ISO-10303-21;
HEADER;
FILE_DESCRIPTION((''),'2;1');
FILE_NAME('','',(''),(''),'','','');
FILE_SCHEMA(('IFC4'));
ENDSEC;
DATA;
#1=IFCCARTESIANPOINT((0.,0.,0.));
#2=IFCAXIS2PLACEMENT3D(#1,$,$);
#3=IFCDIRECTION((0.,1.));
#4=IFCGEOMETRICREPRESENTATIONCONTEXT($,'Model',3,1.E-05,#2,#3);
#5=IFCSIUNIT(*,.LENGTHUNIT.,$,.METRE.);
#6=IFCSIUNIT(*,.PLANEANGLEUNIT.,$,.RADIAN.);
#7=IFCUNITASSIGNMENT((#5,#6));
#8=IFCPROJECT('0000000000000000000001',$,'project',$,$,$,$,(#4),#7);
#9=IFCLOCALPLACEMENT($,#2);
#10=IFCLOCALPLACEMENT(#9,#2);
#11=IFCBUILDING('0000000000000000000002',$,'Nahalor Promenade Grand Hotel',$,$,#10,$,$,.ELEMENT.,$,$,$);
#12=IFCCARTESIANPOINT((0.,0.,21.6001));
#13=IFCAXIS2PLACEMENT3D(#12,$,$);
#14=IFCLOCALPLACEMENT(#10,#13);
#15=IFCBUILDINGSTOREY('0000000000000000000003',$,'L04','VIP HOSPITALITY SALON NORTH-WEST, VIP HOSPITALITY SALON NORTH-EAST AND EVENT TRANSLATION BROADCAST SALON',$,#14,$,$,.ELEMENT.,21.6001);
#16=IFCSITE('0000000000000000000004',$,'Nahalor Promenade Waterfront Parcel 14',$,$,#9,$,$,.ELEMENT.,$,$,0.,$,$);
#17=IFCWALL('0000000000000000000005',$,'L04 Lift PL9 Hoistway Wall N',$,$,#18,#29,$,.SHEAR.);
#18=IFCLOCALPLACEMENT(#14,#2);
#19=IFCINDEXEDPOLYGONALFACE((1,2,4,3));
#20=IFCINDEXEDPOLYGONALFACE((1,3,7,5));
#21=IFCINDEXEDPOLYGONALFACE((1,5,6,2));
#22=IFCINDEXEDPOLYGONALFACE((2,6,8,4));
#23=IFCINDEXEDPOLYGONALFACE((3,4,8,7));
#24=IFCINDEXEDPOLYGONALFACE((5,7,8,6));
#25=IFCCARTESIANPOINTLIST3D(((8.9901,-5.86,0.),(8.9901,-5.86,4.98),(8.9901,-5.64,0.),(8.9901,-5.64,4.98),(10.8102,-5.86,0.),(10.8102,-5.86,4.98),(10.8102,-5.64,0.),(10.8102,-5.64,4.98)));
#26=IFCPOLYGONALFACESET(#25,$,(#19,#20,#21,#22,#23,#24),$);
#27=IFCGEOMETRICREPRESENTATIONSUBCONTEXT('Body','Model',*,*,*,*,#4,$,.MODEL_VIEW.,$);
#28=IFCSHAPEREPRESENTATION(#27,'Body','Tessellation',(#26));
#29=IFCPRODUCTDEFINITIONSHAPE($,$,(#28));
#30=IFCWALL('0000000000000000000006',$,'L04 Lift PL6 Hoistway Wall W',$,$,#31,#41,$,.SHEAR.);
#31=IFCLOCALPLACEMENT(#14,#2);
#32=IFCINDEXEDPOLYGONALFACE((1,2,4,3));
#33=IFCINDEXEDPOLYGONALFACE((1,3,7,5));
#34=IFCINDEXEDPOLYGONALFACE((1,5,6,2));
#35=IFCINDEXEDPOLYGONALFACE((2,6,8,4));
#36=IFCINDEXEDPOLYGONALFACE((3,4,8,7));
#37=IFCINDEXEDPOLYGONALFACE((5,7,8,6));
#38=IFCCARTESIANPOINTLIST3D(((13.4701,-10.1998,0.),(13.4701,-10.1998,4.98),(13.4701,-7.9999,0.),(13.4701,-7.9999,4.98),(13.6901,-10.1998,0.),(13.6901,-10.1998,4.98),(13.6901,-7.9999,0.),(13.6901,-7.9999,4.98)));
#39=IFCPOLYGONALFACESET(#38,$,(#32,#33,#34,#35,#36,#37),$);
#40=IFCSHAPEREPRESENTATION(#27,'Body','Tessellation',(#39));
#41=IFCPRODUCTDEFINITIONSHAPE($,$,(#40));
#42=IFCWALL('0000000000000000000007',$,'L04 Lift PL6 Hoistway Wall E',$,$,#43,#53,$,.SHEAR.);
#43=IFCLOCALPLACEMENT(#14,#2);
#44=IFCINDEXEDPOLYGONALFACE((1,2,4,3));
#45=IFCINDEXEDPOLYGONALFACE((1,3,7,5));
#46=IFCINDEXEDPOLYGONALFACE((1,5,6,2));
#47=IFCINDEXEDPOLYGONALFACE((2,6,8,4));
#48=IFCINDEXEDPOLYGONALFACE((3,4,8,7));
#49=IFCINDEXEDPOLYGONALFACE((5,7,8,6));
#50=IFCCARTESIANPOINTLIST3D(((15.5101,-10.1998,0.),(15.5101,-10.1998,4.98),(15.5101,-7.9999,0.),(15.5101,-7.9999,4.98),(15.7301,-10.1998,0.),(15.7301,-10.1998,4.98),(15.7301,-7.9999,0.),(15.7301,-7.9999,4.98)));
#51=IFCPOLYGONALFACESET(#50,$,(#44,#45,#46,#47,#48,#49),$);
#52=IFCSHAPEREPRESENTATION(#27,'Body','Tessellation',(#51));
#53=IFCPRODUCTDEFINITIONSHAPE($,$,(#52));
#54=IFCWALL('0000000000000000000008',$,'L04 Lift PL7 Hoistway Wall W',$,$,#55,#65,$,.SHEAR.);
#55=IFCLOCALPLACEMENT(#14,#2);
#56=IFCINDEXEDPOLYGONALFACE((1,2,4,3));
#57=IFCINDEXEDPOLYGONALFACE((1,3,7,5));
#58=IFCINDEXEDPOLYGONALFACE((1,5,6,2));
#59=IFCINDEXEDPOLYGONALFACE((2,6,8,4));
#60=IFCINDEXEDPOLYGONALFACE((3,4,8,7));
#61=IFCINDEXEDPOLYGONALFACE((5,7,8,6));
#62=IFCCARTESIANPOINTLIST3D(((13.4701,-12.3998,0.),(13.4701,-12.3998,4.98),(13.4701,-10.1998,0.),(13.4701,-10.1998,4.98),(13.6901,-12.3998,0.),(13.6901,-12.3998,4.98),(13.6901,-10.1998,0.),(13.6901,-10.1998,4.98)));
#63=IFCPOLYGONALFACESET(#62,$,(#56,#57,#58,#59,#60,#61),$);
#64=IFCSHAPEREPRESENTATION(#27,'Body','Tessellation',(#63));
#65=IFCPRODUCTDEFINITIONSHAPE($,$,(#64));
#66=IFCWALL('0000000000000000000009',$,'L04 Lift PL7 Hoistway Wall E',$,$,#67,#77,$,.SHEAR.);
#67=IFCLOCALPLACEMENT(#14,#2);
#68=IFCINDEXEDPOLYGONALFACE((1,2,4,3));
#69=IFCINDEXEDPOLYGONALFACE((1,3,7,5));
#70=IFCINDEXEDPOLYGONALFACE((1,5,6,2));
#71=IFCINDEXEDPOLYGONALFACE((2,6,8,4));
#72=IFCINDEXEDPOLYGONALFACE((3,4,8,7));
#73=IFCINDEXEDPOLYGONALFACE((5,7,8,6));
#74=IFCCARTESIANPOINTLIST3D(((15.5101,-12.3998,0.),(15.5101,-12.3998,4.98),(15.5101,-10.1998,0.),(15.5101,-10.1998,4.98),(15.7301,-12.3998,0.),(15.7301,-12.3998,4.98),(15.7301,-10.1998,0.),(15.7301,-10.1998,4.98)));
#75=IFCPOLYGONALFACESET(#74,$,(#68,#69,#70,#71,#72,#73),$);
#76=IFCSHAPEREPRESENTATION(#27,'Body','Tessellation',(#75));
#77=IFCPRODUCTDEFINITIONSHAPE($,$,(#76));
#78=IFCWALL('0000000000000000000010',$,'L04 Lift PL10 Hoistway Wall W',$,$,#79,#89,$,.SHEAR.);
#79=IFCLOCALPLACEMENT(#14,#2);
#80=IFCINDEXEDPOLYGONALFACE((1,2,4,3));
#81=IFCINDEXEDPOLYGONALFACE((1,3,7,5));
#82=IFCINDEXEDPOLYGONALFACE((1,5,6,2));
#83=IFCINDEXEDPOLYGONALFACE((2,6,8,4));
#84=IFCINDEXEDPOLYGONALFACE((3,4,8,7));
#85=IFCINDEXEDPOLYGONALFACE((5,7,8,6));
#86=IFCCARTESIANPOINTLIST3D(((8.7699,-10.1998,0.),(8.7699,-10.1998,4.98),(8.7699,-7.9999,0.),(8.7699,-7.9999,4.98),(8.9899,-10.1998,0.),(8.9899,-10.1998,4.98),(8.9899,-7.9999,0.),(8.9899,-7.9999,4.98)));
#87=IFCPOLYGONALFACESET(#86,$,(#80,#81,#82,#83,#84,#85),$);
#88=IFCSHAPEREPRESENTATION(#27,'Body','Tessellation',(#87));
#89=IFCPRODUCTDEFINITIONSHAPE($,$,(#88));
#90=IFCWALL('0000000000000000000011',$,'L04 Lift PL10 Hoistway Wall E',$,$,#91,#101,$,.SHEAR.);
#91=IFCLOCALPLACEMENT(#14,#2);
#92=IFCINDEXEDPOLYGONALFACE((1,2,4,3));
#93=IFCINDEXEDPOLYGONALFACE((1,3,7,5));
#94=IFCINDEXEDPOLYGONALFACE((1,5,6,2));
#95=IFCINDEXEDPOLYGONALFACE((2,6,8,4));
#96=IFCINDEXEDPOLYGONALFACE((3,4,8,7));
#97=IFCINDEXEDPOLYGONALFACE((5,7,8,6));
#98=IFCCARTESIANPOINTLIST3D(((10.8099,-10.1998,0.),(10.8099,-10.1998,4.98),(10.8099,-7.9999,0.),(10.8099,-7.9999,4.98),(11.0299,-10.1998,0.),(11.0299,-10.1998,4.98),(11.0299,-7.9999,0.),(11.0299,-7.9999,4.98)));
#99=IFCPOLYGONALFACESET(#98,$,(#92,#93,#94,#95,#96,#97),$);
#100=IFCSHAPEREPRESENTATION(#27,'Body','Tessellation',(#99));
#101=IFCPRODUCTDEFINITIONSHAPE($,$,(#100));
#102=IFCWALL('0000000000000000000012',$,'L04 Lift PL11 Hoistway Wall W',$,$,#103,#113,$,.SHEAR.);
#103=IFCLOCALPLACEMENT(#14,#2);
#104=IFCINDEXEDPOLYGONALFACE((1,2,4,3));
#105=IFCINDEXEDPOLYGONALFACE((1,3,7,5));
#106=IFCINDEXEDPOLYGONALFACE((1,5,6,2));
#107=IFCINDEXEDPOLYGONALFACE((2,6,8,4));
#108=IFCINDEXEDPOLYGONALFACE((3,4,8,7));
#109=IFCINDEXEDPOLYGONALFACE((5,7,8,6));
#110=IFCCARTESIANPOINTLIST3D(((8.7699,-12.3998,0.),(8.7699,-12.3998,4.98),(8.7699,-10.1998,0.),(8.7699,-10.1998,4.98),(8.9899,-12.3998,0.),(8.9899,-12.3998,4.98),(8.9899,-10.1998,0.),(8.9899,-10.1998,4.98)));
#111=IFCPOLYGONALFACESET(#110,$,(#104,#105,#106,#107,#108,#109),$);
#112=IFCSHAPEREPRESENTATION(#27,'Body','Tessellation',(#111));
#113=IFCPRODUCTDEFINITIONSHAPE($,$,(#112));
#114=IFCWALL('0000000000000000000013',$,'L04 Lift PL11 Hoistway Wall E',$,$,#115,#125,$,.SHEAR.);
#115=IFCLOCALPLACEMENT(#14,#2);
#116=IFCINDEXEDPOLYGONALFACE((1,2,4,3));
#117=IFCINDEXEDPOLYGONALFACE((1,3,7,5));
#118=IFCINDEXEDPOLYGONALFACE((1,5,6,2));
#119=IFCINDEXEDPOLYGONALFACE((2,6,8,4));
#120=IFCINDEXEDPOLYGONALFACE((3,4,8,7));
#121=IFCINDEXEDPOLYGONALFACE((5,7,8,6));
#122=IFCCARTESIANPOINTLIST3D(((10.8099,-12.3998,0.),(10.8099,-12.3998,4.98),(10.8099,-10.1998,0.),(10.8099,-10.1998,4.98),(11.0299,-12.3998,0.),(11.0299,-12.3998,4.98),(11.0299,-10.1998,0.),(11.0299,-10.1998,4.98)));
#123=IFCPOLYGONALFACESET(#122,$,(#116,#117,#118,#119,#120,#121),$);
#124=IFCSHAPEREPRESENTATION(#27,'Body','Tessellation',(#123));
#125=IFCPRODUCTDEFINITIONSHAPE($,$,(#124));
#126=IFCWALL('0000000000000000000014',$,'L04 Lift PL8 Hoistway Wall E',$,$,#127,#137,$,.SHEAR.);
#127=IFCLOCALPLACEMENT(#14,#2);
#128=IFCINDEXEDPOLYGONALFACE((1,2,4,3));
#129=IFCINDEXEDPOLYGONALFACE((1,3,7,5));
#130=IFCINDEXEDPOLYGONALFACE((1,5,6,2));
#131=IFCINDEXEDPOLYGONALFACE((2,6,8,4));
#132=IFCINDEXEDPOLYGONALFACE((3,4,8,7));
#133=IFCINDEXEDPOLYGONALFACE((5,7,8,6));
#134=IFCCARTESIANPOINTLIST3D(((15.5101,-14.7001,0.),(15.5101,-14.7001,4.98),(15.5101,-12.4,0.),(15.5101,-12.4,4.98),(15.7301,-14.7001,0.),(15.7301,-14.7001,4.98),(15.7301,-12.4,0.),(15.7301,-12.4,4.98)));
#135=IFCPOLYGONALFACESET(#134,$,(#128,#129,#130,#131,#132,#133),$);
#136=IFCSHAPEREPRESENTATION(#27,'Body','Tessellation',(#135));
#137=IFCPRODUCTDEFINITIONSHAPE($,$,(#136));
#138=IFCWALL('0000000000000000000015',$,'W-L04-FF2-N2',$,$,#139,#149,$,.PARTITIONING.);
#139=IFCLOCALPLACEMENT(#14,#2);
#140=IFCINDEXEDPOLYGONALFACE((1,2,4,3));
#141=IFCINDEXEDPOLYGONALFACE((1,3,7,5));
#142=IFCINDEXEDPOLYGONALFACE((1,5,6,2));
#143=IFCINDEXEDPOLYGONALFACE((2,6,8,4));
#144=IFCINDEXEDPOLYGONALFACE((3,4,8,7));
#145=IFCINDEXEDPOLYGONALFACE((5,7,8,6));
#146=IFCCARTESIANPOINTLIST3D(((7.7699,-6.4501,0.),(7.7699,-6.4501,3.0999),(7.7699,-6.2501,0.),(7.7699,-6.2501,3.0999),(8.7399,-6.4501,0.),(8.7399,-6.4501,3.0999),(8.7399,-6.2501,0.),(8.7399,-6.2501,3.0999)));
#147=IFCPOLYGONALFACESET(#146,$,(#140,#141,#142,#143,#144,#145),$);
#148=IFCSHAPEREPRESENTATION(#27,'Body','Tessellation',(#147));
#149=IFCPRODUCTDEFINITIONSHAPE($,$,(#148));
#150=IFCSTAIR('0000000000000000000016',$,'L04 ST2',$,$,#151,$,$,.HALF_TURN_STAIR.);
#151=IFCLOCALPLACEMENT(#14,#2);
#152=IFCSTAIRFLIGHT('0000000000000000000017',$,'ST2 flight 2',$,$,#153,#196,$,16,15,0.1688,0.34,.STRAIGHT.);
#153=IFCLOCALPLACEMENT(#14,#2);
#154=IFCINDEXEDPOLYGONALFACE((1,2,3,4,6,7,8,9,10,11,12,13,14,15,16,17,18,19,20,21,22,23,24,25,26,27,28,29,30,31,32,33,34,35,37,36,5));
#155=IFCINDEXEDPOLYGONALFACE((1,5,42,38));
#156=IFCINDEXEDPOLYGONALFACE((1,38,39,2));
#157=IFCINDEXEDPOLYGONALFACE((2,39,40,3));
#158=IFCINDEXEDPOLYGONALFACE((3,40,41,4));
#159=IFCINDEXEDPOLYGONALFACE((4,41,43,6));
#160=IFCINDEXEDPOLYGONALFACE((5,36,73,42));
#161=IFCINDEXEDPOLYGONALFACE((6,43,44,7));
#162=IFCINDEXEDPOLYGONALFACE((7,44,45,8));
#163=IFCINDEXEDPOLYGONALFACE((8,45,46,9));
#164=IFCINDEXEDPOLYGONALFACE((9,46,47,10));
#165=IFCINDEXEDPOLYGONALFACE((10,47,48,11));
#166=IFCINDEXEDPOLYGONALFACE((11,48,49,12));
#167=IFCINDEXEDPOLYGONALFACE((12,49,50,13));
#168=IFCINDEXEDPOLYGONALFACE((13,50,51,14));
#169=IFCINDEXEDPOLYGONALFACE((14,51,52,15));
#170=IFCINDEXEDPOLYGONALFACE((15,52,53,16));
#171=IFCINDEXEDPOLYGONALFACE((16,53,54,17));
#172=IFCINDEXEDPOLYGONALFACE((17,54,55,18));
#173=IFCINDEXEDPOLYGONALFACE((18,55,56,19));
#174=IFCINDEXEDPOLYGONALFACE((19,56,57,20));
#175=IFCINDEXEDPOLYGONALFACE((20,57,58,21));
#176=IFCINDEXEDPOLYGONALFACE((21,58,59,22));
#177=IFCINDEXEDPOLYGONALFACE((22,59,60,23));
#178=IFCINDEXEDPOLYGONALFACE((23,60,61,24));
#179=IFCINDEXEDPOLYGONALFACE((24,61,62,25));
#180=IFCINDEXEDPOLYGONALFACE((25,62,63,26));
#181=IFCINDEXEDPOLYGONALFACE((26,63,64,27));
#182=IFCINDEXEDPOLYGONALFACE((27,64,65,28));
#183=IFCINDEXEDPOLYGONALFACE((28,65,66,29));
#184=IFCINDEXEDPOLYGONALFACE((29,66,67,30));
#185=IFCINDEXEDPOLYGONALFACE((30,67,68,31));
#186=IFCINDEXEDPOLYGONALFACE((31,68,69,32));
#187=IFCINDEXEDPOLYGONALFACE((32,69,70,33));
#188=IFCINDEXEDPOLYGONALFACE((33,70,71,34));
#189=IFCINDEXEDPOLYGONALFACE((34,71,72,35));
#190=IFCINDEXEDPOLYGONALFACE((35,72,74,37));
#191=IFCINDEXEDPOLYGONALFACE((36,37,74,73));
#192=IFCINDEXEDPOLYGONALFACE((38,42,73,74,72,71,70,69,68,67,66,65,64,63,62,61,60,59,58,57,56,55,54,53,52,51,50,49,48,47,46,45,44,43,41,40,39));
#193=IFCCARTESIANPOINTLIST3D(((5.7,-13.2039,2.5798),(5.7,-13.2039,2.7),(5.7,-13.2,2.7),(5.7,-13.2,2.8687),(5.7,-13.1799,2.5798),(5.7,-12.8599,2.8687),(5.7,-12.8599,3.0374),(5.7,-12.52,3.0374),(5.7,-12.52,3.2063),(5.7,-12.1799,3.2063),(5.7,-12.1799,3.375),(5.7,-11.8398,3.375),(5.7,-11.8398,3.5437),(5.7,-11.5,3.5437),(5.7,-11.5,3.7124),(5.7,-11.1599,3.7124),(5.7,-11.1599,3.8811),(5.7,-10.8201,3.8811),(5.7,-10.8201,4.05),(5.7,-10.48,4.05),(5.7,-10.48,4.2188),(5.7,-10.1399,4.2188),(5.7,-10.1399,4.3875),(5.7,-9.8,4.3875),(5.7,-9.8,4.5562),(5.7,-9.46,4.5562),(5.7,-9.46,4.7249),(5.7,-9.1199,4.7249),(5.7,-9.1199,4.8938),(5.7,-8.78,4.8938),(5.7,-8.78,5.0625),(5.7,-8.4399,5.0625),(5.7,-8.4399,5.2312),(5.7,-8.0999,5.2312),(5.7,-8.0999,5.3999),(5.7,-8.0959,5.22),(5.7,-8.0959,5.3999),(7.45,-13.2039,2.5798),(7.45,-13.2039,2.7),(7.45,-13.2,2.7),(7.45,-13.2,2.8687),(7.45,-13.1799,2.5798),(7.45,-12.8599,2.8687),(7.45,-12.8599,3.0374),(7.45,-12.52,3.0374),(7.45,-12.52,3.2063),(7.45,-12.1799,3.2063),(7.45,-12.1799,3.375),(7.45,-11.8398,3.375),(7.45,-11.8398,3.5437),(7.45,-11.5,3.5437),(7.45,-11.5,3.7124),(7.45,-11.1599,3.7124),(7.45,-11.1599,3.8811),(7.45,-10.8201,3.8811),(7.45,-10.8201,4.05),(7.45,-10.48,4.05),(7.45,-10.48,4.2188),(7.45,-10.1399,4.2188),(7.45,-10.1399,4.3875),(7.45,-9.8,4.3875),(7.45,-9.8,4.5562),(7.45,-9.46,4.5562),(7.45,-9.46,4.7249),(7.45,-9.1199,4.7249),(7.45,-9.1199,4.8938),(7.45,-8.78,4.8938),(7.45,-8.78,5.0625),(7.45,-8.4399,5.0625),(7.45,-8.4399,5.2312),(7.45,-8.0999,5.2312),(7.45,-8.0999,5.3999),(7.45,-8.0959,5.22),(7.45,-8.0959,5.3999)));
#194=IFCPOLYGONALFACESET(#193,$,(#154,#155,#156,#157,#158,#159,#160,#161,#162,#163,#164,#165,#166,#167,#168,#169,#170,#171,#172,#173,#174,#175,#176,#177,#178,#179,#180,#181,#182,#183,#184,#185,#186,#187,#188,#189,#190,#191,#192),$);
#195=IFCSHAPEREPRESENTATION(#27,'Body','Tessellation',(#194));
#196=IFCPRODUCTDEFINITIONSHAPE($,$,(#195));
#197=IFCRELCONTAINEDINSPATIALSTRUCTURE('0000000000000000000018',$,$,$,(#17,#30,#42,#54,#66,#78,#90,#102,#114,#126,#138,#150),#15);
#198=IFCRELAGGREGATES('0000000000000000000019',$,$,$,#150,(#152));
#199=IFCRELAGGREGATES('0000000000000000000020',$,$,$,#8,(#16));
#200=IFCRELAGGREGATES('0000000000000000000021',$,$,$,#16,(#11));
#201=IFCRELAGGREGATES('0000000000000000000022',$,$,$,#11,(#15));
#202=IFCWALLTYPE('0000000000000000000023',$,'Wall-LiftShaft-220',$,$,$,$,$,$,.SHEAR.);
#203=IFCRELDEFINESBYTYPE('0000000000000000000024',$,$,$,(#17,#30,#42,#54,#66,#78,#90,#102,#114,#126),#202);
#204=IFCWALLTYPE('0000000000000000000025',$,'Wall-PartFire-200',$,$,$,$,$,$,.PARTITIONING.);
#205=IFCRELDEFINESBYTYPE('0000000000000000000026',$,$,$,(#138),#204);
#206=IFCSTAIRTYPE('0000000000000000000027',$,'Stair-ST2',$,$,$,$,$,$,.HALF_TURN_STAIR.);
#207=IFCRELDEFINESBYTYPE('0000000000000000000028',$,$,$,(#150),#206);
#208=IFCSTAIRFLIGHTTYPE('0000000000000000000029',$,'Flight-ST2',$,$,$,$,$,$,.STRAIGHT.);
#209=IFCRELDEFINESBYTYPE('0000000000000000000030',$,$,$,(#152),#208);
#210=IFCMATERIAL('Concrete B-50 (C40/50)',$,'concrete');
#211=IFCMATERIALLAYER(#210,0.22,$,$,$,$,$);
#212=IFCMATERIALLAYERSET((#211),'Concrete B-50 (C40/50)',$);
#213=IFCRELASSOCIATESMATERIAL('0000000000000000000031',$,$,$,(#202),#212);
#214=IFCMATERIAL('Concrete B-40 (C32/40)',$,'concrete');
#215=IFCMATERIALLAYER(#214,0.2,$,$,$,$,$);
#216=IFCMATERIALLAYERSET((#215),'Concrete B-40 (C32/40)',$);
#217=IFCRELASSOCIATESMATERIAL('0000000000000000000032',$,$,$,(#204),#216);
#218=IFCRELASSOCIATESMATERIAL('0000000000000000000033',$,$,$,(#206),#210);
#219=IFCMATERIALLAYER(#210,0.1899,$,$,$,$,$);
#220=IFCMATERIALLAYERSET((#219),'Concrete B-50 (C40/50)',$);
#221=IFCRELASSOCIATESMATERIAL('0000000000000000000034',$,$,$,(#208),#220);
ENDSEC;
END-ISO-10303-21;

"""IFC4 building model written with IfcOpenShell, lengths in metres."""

from ifc_helpers import new_model, si_unit, direction, frame, frame_2d, origin, place, context, subcontext, project, spatial, polyline, rectangle, outline, extrude, source, transform, mapped, material, layer, layer_set, type_object, element, aggregate, save


model = new_model("IFC4")

# Units and contexts
model_context = context("Model", 3, precision=1e-05, world=origin(), true_north=direction((0.0, 1.0)))
body_context = subcontext(model_context, "Body", "Model", "MODEL_VIEW")
ifc_project = project(units=[si_unit("LENGTHUNIT", "METRE"), si_unit("PLANEANGLEUNIT", "RADIAN")], contexts=[model_context])

# Site, building, storey
site_placement = place(None, origin())
site = spatial("IfcSite", under=ifc_project, at=site_placement, Name="Nahalor Promenade Waterfront Parcel 14", CompositionType="ELEMENT", RefElevation=0.0)
building_placement = place(site_placement, origin())
building = spatial("IfcBuilding", under=site, at=building_placement, Name="Nahalor Promenade Grand Hotel", CompositionType="ELEMENT")
storey_placement = place(building_placement, frame((0.0, 0.0, 21.6001)))
storey = spatial("IfcBuildingStorey", under=building, at=storey_placement, Name="L04", Description="VIP HOSPITALITY SALON NORTH-WEST, VIP HOSPITALITY SALON NORTH-EAST AND EVENT TRANSLATION BROADCAST SALON", CompositionType="ELEMENT", Elevation=21.6001)

# Walls
ifc_material_1 = material(Name="Concrete B-50 (C40/50)", Category="concrete")
ifc_layer_1 = layer(ifc_material_1, 0.22)
ifc_layer_set_1 = layer_set([ifc_layer_1], Name="Concrete B-50 (C40/50)")
wall_type_1 = type_object("IfcWallType", Name="Wall-LiftShaft-220", PredefinedType="SHEAR", material=ifc_layer_set_1)
shared_shape_1 = source(origin(), body_context, "Body", "SweptSolid", [
    extrude(rectangle(XDim=1.8201, YDim=0.22, at=frame_2d((0.9102, 0.0))), origin(), (0.0, 0.0, 1.0), 4.98),
])
for number, where, z_axis, x_axis, name in (
    (1, (8.99, -5.75, 0.0), (0.0, 0.0, 1.0), (1.0, 0.0, 0.0), "L04 Lift PL9 Hoistway Wall N"),
):
    element("IfcWall", number, at=place(storey_placement, frame(where, z_axis=z_axis, x_axis=x_axis)), inside=storey, type_object=wall_type_1, Name=name, PredefinedType="SHEAR", context=body_context, shape_type="MappedRepresentation", body=[
        mapped(shared_shape_1, transform((0.0, 0.0, 0.0), scale=1.0)),
    ])
shared_shape_2 = source(origin(), body_context, "Body", "SweptSolid", [
    extrude(rectangle(XDim=2.2, YDim=0.22, at=frame_2d((1.1001, 0.0))), origin(), (0.0, 0.0, 1.0), 4.98),
])
for number, where, z_axis, x_axis, name in (
    (2, (13.5801, -10.2, 0.0), (0.0, 0.0, 1.0), (0.0, 1.0, 0.0), "L04 Lift PL6 Hoistway Wall W"),
    (3, (15.6201, -10.2, 0.0), (0.0, 0.0, 1.0), (0.0, 1.0, 0.0), "L04 Lift PL6 Hoistway Wall E"),
    (4, (13.5801, -12.3999, 0.0), (0.0, 0.0, 1.0), (0.0, 1.0, 0.0), "L04 Lift PL7 Hoistway Wall W"),
    (5, (15.6201, -12.3999, 0.0), (0.0, 0.0, 1.0), (0.0, 1.0, 0.0), "L04 Lift PL7 Hoistway Wall E"),
    (6, (8.8799, -10.2, 0.0), (0.0, 0.0, 1.0), (0.0, 1.0, 0.0), "L04 Lift PL10 Hoistway Wall W"),
    (7, (10.9199, -10.2, 0.0), (0.0, 0.0, 1.0), (0.0, 1.0, 0.0), "L04 Lift PL10 Hoistway Wall E"),
    (8, (8.8799, -12.3999, 0.0), (0.0, 0.0, 1.0), (0.0, 1.0, 0.0), "L04 Lift PL11 Hoistway Wall W"),
    (9, (10.9199, -12.3999, 0.0), (0.0, 0.0, 1.0), (0.0, 1.0, 0.0), "L04 Lift PL11 Hoistway Wall E"),
):
    element("IfcWall", number, at=place(storey_placement, frame(where, z_axis=z_axis, x_axis=x_axis)), inside=storey, type_object=wall_type_1, Name=name, PredefinedType="SHEAR", context=body_context, shape_type="MappedRepresentation", body=[
        mapped(shared_shape_2, transform((0.0, 0.0, 0.0), scale=1.0)),
    ])
shared_shape_3 = source(origin(), body_context, "Body", "SweptSolid", [
    extrude(rectangle(XDim=2.3, YDim=0.22, at=frame_2d((1.1499, 0.0))), origin(), (0.0, 0.0, 1.0), 4.98),
])
wall_1_placement = place(storey_placement, frame((15.6201, -14.7, 0.0), z_axis=(0.0, 0.0, 1.0), x_axis=(0.0, 1.0, 0.0)))
element("IfcWall", 10, at=wall_1_placement, inside=storey, type_object=wall_type_1, Name="L04 Lift PL8 Hoistway Wall E", PredefinedType="SHEAR", context=body_context, shape_type="MappedRepresentation", body=[
    mapped(shared_shape_3, transform((0.0, 0.0, 0.0), scale=1.0)),
])
ifc_material_2 = material(Name="Concrete B-40 (C32/40)", Category="concrete")
ifc_layer_2 = layer(ifc_material_2, 0.2)
ifc_layer_set_2 = layer_set([ifc_layer_2], Name="Concrete B-40 (C32/40)")
wall_type_2 = type_object("IfcWallType", Name="Wall-PartFire-200", PredefinedType="PARTITIONING", material=ifc_layer_set_2)
shared_shape_4 = source(origin(), body_context, "Body", "SweptSolid", [
    extrude(rectangle(XDim=0.97, YDim=0.2, at=frame_2d((0.4849, 0.0))), origin(), (0.0, 0.0, 1.0), 3.0999),
])
wall_2_placement = place(storey_placement, frame((7.77, -6.3501, 0.0), z_axis=(0.0, 0.0, 1.0), x_axis=(1.0, 0.0, 0.0)))
element("IfcWall", 11, at=wall_2_placement, inside=storey, type_object=wall_type_2, Name="W-L04-FF2-N2", PredefinedType="PARTITIONING", context=body_context, shape_type="MappedRepresentation", body=[
    mapped(shared_shape_4, transform((0.0, 0.0, 0.0), scale=1.0)),
])

# Stair, stair flight
stair_type = type_object("IfcStairType", Name="Stair-ST2", PredefinedType="HALF_TURN_STAIR", material=ifc_material_1)
stair_placement = place(storey_placement, origin())
stair = element("IfcStair", 12, at=stair_placement, inside=storey, type_object=stair_type, Name="L04 ST2", PredefinedType="HALF_TURN_STAIR")
ifc_layer_3 = layer(ifc_material_1, 0.1899)
ifc_layer_set_3 = layer_set([ifc_layer_3], Name="Concrete B-50 (C40/50)")
stair_flight_type = type_object("IfcStairFlightType", Name="Flight-ST2", PredefinedType="STRAIGHT", material=ifc_layer_set_3)
shared_shape_5 = source(origin(), body_context, "Body", "SweptSolid", [
    extrude(outline(polyline([(-0.0039, -0.1201), (-0.0039, 0.0), (0.0, 0.0), (0.0, 0.1687), (0.3401, 0.1687), (0.3401, 0.3374), (0.6799, 0.3374), (0.6799, 0.5063), (1.02, 0.5063), (1.02, 0.675), (1.3601, 0.675), (1.3601, 0.8438), (1.7, 0.8438), (1.7, 1.0125), (2.04, 1.0125), (2.04, 1.1812), (2.3799, 1.1812), (2.3799, 1.3501), (2.72, 1.3501), (2.72, 1.5188), (3.0601, 1.5188), (3.0601, 1.6875), (3.3999, 1.6875), (3.3999, 1.8562), (3.74, 1.8562), (3.74, 2.0249), (4.0801, 2.0249), (4.0801, 2.1938), (4.4199, 2.1938), (4.4199, 2.3625), (4.76, 2.3625), (4.76, 2.5312), (5.1001, 2.5312), (5.1001, 2.7), (5.104, 2.7), (5.104, 2.52), (0.02, -0.1201), (-0.0039, -0.1201)])), frame((0.0, 0.875, 0.0), z_axis=(0.0, -1.0, 0.0), x_axis=(1.0, 0.0, 0.0)), (0.0, 0.0, 1.0), 1.75),
])
stair_flight_placement = place(storey_placement, frame((6.575, -13.2, 2.7), z_axis=(0.0, 0.0, 1.0), x_axis=(0.0, 1.0, 0.0)))
stair_flight = element("IfcStairFlight", 13, at=stair_flight_placement, type_object=stair_flight_type, Name="ST2 flight 2", NumberOfRisers=16, NumberOfTreads=15, PredefinedType="STRAIGHT", RiserHeight=0.1688, TreadLength=0.34, context=body_context, shape_type="MappedRepresentation", body=[
    mapped(shared_shape_5, transform((0.0, 0.0, 0.0), scale=1.0)),
])
aggregate(stair, [stair_flight])

save(model, "model.ifc")
